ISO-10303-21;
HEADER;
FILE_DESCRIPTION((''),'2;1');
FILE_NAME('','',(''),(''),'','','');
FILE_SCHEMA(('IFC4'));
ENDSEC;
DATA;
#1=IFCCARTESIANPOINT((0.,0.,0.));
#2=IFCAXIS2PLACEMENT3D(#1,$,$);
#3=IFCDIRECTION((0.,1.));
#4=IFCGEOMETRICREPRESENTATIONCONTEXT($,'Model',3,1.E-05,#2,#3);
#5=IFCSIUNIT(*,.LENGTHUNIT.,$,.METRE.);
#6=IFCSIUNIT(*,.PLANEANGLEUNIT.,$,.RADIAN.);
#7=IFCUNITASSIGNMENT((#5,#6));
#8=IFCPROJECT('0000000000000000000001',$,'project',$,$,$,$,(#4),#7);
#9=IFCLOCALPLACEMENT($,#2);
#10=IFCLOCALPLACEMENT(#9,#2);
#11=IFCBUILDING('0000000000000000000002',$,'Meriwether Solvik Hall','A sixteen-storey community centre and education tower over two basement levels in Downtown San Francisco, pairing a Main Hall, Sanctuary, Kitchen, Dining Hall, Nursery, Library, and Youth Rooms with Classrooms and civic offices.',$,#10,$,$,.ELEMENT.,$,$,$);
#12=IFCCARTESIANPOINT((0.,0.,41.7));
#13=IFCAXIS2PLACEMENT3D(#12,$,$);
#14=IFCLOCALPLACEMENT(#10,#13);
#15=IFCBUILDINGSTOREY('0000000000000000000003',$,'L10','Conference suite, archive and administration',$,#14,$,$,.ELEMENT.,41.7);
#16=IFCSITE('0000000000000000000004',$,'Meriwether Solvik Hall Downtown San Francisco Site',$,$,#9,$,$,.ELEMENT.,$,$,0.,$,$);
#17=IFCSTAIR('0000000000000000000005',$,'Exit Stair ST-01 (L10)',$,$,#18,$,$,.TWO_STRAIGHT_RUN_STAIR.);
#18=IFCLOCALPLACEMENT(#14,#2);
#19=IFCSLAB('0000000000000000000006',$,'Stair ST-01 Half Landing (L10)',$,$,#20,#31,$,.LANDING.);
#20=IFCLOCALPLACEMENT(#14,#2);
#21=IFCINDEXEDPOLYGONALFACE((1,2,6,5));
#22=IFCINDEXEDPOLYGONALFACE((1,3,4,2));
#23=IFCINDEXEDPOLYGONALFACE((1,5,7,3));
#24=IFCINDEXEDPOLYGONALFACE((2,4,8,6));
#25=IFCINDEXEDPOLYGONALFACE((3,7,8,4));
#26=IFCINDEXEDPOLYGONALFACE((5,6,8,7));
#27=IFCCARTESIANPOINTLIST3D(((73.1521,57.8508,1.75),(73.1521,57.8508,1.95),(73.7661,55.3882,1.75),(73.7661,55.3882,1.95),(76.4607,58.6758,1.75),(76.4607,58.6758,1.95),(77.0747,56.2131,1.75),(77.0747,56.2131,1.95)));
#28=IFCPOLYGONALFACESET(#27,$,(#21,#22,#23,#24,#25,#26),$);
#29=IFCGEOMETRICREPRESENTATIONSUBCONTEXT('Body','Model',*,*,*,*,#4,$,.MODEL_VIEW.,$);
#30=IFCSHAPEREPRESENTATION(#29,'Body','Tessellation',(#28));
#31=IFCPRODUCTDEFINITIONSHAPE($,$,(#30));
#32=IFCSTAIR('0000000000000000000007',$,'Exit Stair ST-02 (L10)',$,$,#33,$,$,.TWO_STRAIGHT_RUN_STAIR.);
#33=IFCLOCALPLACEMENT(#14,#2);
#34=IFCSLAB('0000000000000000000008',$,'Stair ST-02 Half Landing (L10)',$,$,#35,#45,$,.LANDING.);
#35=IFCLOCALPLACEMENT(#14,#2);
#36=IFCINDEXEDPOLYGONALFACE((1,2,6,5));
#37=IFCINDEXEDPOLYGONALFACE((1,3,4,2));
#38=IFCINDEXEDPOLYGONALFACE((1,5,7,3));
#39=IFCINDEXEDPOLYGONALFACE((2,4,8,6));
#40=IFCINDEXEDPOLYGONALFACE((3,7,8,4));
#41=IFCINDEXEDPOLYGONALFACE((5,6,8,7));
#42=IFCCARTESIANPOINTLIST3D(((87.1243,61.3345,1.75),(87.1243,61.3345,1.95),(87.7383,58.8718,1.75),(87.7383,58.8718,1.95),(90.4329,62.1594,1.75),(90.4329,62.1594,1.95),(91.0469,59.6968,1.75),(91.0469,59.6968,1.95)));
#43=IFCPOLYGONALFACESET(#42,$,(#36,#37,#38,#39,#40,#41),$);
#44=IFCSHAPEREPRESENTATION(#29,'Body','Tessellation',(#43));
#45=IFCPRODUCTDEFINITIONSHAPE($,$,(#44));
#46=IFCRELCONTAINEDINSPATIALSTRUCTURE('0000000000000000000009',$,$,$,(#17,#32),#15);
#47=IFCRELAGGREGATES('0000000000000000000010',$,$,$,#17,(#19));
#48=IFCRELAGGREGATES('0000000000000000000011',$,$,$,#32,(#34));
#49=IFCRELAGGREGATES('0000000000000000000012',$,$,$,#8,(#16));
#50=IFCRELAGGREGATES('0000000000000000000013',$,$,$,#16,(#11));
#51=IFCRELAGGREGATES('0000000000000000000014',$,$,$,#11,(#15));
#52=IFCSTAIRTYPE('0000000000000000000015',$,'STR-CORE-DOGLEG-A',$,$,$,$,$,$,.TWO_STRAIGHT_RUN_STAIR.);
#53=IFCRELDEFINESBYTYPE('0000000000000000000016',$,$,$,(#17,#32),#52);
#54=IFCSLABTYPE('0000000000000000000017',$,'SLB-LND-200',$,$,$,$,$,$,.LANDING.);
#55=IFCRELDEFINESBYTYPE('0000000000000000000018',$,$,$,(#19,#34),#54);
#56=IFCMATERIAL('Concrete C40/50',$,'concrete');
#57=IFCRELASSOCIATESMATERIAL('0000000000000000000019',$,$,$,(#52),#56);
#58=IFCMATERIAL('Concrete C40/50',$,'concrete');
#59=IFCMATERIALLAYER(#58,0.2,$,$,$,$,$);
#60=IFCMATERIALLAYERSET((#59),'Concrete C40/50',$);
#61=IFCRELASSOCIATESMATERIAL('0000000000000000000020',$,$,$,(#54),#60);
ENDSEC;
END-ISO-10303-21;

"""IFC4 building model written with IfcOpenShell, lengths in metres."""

from ifc_helpers import new_model, si_unit, direction, frame, origin, place, context, subcontext, project, spatial, polyline, outline, extrude, material, layer, layer_set, type_object, element, aggregate, save


model = new_model("IFC4")

# Units and contexts
model_context = context("Model", 3, precision=1e-05, world=origin(), true_north=direction((0.0, 1.0)))
body_context = subcontext(model_context, "Body", "Model", "MODEL_VIEW")
ifc_project = project(units=[si_unit("LENGTHUNIT", "METRE"), si_unit("PLANEANGLEUNIT", "RADIAN")], contexts=[model_context])

# Site, building, storey
site_placement = place(None, origin())
site = spatial("IfcSite", under=ifc_project, at=site_placement, Name="Meriwether Solvik Hall Downtown San Francisco Site", CompositionType="ELEMENT", RefElevation=0.0)
building_placement = place(site_placement, origin())
building = spatial("IfcBuilding", under=site, at=building_placement, Name="Meriwether Solvik Hall", Description="A sixteen-storey community centre and education tower over two basement levels in Downtown San Francisco, pairing a Main Hall, Sanctuary, Kitchen, Dining Hall, Nursery, Library, and Youth Rooms with Classrooms and civic offices.", CompositionType="ELEMENT")
storey_placement = place(building_placement, frame((0.0, 0.0, 41.7)))
storey = spatial("IfcBuildingStorey", under=building, at=storey_placement, Name="L10", Description="Conference suite, archive and administration", CompositionType="ELEMENT", Elevation=41.7)

# Stairs, slabs
ifc_material_1 = material(Name="Concrete C40/50", Category="concrete")
stair_type = type_object("IfcStairType", Name="STR-CORE-DOGLEG-A", PredefinedType="TWO_STRAIGHT_RUN_STAIR", material=ifc_material_1)
stair_1_placement = place(storey_placement, origin())
stair_1 = element("IfcStair", 1, at=stair_1_placement, inside=storey, type_object=stair_type, Name="Exit Stair ST-01 (L10)", PredefinedType="TWO_STRAIGHT_RUN_STAIR")
ifc_material_2 = material(Name="Concrete C40/50", Category="concrete")
ifc_layer_1 = layer(ifc_material_2, 0.2)
ifc_layer_set_1 = layer_set([ifc_layer_1], Name="Concrete C40/50")
slab_type_1 = type_object("IfcSlabType", Name="SLB-LND-200", PredefinedType="LANDING", material=ifc_layer_set_1)
slab_1_placement = place(storey_placement, frame((0.0, 0.0, 1.75)))
slab_1 = element("IfcSlab", 2, at=slab_1_placement, type_object=slab_type_1, Name="Stair ST-01 Half Landing (L10)", PredefinedType="LANDING", context=body_context, shape_type="SweptSolid", body=[
    extrude(outline(polyline([(73.7661, 55.3882), (77.0747, 56.2131), (76.4607, 58.6758), (73.1521, 57.8508), (73.7661, 55.3882)])), origin(), (0.0, 0.0, 1.0), 0.2),
])
aggregate(stair_1, [slab_1])
stair_2_placement = place(storey_placement, origin())
stair_2 = element("IfcStair", 3, at=stair_2_placement, inside=storey, type_object=stair_type, Name="Exit Stair ST-02 (L10)", PredefinedType="TWO_STRAIGHT_RUN_STAIR")
slab_2_placement = place(storey_placement, frame((0.0, 0.0, 1.75)))
slab_2 = element("IfcSlab", 4, at=slab_2_placement, type_object=slab_type_1, Name="Stair ST-02 Half Landing (L10)", PredefinedType="LANDING", context=body_context, shape_type="SweptSolid", body=[
    extrude(outline(polyline([(87.7383, 58.8718), (91.0469, 59.6968), (90.4329, 62.1594), (87.1243, 61.3345), (87.7383, 58.8718)])), origin(), (0.0, 0.0, 1.0), 0.2),
])
aggregate(stair_2, [slab_2])

save(model, "model.ifc")
